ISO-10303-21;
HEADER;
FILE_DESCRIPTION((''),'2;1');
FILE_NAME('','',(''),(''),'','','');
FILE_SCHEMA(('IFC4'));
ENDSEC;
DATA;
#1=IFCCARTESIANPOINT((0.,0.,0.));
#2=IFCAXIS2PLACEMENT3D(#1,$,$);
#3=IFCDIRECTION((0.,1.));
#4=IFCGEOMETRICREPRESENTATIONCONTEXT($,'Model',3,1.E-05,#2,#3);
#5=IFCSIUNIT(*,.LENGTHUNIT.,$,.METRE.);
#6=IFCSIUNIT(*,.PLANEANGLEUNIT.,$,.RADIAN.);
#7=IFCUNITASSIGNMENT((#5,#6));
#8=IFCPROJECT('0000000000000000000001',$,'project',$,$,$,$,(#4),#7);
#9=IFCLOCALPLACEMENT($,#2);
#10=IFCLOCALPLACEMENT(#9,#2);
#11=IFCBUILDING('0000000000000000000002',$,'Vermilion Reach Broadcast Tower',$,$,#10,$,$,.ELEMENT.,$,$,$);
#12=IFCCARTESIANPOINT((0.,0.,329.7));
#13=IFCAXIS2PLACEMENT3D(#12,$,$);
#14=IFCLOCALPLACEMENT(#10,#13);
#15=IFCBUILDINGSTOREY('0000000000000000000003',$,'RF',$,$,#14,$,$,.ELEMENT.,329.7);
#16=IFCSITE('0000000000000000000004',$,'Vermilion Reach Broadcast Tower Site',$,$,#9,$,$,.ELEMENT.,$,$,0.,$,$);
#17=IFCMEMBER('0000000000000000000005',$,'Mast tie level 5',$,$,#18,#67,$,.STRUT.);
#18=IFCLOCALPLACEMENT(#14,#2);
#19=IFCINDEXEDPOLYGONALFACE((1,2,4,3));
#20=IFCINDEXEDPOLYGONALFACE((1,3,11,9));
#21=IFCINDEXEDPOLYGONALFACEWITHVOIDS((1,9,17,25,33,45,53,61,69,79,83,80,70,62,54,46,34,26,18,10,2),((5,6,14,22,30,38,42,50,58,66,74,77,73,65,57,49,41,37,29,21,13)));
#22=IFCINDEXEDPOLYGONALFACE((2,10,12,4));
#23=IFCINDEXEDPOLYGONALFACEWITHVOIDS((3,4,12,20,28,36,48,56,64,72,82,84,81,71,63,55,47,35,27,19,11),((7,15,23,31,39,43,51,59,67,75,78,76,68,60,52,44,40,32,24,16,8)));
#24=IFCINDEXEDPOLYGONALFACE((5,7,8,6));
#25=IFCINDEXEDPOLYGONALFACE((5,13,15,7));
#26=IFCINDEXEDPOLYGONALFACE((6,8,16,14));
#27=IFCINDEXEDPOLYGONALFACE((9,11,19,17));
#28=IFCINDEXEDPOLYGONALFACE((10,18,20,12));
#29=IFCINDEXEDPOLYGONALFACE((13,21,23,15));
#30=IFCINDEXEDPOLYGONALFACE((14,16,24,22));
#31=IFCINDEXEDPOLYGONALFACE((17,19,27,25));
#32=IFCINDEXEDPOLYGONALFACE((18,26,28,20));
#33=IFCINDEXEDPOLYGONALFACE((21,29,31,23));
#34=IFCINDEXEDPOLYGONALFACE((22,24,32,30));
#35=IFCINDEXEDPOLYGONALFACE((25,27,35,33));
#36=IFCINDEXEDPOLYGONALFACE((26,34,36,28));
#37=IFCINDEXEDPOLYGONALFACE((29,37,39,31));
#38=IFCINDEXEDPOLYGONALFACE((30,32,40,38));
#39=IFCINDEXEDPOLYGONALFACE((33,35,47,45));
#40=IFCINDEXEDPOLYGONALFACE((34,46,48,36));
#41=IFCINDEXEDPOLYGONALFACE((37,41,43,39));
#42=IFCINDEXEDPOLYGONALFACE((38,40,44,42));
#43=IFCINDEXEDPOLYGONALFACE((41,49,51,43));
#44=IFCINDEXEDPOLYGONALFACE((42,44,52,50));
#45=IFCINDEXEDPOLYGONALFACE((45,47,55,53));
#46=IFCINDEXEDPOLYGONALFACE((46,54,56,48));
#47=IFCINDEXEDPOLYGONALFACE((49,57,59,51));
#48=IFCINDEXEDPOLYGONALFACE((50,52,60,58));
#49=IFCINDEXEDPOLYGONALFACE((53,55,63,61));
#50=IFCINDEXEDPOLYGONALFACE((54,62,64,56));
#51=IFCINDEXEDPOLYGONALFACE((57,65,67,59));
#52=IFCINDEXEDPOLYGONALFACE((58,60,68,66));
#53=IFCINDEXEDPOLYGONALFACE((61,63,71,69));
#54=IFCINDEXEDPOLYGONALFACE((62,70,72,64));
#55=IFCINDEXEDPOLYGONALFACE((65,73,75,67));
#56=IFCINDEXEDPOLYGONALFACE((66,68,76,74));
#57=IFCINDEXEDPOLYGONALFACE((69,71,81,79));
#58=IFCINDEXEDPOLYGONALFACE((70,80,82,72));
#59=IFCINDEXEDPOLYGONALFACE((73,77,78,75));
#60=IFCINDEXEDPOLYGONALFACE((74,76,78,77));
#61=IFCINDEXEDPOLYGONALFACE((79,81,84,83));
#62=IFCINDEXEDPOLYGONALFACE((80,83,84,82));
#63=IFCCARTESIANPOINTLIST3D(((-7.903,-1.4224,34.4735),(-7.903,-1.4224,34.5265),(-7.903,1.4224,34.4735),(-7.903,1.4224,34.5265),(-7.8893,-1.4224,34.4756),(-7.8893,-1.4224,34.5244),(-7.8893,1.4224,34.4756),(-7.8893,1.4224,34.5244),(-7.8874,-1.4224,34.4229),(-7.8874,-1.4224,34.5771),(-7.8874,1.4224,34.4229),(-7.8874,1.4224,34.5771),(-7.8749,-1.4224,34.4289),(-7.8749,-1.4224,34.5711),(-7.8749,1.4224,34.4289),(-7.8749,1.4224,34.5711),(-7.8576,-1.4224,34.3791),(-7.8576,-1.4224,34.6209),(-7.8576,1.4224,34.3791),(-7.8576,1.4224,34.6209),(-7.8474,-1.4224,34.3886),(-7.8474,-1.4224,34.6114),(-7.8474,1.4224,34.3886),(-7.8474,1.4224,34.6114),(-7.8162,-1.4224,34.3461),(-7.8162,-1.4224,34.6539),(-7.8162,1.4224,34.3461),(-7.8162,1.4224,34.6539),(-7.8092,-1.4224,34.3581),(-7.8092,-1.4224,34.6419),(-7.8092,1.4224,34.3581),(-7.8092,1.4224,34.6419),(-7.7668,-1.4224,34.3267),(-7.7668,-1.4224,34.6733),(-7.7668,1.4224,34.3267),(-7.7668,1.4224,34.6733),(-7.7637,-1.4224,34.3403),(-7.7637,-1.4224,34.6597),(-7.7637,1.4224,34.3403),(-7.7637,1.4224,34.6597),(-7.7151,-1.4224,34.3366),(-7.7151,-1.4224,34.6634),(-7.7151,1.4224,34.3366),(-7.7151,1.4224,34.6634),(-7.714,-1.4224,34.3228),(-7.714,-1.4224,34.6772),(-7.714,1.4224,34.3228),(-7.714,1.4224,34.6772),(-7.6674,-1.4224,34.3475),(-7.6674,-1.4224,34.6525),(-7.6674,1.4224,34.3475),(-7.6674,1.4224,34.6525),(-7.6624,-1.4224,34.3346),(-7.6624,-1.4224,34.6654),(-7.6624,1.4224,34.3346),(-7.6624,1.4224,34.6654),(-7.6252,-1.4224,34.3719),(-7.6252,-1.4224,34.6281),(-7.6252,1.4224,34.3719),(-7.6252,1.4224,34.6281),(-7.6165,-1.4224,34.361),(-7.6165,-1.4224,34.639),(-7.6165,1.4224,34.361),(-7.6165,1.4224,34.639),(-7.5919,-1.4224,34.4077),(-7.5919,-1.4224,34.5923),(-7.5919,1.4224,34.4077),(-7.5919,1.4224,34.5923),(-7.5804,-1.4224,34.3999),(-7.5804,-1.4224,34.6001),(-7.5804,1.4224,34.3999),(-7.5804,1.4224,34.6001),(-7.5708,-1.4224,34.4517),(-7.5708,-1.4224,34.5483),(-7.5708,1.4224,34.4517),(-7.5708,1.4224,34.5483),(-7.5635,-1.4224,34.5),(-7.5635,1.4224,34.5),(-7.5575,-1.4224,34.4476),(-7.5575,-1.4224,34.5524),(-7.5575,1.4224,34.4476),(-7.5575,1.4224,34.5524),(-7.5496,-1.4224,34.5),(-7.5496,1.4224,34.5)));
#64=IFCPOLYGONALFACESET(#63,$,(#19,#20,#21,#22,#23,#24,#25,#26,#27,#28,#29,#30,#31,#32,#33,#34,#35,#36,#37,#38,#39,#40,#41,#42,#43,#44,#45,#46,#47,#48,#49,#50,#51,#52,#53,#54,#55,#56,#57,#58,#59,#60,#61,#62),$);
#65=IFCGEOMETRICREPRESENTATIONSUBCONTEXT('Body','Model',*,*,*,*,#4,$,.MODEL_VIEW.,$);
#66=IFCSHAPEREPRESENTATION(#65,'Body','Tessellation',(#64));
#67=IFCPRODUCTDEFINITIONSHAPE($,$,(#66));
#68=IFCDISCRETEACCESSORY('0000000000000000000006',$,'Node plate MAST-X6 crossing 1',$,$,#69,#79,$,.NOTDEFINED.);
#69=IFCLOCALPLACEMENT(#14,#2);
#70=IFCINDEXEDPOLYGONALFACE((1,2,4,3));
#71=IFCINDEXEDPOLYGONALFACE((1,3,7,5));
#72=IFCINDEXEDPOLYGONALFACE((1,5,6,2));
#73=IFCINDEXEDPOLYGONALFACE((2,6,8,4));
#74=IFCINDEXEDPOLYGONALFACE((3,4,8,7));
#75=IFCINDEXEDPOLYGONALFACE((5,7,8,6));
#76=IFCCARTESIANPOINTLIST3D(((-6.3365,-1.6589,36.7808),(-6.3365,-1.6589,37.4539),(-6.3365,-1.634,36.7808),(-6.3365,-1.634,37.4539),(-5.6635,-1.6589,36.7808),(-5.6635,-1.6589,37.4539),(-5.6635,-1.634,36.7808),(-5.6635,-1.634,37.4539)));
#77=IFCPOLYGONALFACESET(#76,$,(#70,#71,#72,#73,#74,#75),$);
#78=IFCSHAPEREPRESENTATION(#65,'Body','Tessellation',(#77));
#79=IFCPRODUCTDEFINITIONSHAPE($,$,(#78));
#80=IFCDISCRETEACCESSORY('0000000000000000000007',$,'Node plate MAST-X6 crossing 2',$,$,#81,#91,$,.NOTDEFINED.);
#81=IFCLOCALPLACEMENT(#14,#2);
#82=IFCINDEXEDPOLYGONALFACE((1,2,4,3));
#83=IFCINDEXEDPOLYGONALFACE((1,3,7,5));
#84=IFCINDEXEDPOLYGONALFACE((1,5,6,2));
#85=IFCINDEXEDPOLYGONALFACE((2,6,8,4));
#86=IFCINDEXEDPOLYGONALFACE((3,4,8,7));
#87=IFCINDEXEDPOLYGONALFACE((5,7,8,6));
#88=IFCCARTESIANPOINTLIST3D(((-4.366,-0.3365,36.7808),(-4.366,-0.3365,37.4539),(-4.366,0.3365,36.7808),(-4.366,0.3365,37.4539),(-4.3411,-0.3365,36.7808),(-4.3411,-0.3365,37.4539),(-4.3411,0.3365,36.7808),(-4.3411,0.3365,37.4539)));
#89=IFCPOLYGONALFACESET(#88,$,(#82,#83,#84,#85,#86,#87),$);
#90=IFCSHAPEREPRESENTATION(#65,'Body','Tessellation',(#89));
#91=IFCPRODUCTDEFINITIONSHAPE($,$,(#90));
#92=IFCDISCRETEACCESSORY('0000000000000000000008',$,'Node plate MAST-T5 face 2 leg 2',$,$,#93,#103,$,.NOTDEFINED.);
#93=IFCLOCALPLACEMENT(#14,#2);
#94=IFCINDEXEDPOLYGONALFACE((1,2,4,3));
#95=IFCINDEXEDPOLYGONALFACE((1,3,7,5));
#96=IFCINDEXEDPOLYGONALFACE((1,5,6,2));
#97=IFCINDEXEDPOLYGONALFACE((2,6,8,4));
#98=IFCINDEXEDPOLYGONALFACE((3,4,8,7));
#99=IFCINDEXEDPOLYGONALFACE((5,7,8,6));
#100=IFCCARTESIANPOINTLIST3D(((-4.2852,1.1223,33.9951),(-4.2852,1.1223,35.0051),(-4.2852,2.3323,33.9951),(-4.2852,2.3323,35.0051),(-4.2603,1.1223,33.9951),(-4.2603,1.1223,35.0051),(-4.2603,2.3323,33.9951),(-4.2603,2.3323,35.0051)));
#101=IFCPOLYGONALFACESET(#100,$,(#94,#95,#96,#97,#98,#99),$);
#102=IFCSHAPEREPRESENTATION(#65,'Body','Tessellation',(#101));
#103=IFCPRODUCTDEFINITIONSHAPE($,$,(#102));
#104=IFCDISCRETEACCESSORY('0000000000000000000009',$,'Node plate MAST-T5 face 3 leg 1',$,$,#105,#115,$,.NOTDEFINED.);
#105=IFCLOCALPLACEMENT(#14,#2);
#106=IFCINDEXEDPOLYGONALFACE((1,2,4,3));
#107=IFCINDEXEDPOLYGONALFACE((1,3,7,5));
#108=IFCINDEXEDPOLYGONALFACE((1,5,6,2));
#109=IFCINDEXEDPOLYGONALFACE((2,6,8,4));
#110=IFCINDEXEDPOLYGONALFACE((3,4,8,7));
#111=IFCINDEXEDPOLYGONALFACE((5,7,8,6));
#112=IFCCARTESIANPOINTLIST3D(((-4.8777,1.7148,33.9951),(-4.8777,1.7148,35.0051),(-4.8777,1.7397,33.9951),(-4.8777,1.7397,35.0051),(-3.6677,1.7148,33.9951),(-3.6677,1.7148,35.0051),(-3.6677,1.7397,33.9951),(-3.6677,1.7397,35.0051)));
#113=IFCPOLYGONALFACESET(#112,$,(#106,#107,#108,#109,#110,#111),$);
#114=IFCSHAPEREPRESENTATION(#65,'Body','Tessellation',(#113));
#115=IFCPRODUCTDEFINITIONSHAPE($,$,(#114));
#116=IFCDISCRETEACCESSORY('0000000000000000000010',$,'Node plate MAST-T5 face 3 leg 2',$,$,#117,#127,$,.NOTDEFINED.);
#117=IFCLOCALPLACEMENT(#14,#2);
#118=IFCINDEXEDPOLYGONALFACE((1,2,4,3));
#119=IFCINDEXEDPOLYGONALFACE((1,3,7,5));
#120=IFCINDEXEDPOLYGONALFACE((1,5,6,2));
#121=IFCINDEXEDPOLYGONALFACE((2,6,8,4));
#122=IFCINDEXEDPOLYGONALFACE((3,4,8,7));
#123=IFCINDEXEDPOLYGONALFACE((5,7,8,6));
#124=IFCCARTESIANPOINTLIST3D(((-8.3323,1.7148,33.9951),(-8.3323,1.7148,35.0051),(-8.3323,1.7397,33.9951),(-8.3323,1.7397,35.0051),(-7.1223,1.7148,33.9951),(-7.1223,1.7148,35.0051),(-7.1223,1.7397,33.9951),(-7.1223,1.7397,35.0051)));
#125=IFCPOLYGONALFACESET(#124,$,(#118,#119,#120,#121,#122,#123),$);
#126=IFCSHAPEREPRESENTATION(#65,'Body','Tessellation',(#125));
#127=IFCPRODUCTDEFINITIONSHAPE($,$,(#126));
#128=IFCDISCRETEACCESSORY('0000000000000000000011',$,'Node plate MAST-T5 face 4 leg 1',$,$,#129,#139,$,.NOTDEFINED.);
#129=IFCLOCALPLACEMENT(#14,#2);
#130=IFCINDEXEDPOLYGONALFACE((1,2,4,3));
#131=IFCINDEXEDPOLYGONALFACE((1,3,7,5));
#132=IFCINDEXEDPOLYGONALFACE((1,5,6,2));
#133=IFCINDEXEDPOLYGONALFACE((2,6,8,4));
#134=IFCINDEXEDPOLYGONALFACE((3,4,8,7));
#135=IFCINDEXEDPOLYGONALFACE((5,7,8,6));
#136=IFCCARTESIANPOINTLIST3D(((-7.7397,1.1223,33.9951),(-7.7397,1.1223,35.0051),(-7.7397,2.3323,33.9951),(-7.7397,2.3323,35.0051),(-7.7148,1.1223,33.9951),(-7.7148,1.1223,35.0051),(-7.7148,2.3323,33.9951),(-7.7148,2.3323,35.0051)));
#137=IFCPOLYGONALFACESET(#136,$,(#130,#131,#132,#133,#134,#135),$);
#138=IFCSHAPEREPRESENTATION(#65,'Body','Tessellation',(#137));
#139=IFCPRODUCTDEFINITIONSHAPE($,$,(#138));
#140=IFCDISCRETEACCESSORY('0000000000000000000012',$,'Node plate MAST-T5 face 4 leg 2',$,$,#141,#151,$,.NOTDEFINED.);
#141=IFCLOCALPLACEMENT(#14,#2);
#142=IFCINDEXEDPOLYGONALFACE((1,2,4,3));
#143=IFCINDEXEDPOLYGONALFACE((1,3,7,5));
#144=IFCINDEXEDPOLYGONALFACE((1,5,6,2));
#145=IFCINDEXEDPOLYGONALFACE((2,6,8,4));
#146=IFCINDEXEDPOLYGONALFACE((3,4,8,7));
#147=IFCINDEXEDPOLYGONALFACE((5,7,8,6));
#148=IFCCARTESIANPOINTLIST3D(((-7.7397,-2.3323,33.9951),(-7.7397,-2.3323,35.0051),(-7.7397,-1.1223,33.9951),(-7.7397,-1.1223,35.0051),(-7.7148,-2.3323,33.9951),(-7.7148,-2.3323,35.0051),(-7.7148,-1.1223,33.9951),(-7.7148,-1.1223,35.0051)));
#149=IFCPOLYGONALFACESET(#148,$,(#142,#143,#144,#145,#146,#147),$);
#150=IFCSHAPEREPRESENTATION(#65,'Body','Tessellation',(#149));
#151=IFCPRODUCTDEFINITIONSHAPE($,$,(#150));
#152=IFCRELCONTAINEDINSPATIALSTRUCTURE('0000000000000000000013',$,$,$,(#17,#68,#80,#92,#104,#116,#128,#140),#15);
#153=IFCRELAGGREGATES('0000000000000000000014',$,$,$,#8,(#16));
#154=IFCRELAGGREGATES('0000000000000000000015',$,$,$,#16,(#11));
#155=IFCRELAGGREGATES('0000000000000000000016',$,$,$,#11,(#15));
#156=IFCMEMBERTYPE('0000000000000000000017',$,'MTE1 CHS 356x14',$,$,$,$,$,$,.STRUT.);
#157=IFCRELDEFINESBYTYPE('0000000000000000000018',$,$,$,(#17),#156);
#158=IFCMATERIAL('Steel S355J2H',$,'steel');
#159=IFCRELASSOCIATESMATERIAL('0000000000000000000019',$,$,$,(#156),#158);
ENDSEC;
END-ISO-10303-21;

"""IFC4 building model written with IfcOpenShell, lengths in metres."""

from ifc_helpers import new_model, si_unit, direction, frame, origin, origin_2d, place, context, subcontext, project, spatial, rectangle, hollow_circle, extrude, material, material_profile, profile_set, type_object, element, save


model = new_model("IFC4")

# Units and contexts
model_context = context("Model", 3, precision=1e-05, world=origin(), true_north=direction((0.0, 1.0)))
body_context = subcontext(model_context, "Body", "Model", "MODEL_VIEW")
ifc_project = project(units=[si_unit("LENGTHUNIT", "METRE"), si_unit("PLANEANGLEUNIT", "RADIAN")], contexts=[model_context])

# Site, building, storey
site_placement = place(None, origin())
site = spatial("IfcSite", under=ifc_project, at=site_placement, Name="Vermilion Reach Broadcast Tower Site", CompositionType="ELEMENT", RefElevation=0.0)
building_placement = place(site_placement, origin())
building = spatial("IfcBuilding", under=site, at=building_placement, Name="Vermilion Reach Broadcast Tower", CompositionType="ELEMENT")
storey_placement = place(building_placement, frame((0.0, 0.0, 329.7)))
storey = spatial("IfcBuildingStorey", under=building, at=storey_placement, Name="RF", CompositionType="ELEMENT", Elevation=329.7)

# Member
ifc_material_1 = material(Name="Steel S355J2H", Category="steel")
ifc_material_profile_1 = material_profile(ifc_material_1, hollow_circle(Radius=0.1777, WallThickness=0.0139, at=origin_2d()), Name="S355J2H CHS 356x14")
ifc_profile_set_1 = profile_set([ifc_material_profile_1], Name="Steel S355J2H")
member_type_1 = type_object("IfcMemberType", Name="MTE1 CHS 356x14", PredefinedType="STRUT", material=ifc_profile_set_1)
for number, where, z_axis, x_axis, name in (
    (1, (-7.7273, 1.4224, 34.5), (0.0, -1.0, 0.0), (1.0, 0.0, 0.0), "Mast tie level 5"),
):
    element("IfcMember", number, at=place(storey_placement, frame(where, z_axis=z_axis, x_axis=x_axis)), inside=storey, type_object=member_type_1, Name=name, PredefinedType="STRUT", context=body_context, shape_type="SweptSolid", body=[
        extrude(hollow_circle(Radius=0.1777, WallThickness=0.0139, at=origin_2d()), origin(), (0.0, 0.0, 1.0), 2.8447),
    ])

# Discrete accessories
for number, where, z_axis, x_axis, name in (
    (2, (-6.0, -1.6465, 36.7808), (0.0, 0.0, 1.0), (0.0, 1.0, 0.0), "Node plate MAST-X6 crossing 1"),
    (3, (-4.3535, 0.0, 36.7808), (0.0, 0.0, 1.0), (-1.0, 0.0, 0.0), "Node plate MAST-X6 crossing 2"),
):
    element("IfcDiscreteAccessory", number, at=place(storey_placement, frame(where, z_axis=z_axis, x_axis=x_axis)), inside=storey, Name=name, PredefinedType="NOTDEFINED", context=body_context, shape_type="SweptSolid", body=[
        extrude(rectangle(XDim=0.0249, YDim=0.6731, at=origin_2d()), origin(), (0.0, 0.0, 1.0), 0.6731),
    ])
for number, where, z_axis, x_axis, name in (
    (4, (-4.2727, 1.7273, 33.9951), (0.0, 0.0, 1.0), (-1.0, 0.0, 0.0), "Node plate MAST-T5 face 2 leg 2"),
    (5, (-4.2727, 1.7273, 33.9951), (0.0, 0.0, 1.0), (0.0, -1.0, 0.0), "Node plate MAST-T5 face 3 leg 1"),
    (6, (-7.7273, 1.7273, 33.9951), (0.0, 0.0, 1.0), (0.0, -1.0, 0.0), "Node plate MAST-T5 face 3 leg 2"),
    (7, (-7.7273, 1.7273, 33.9951), (0.0, 0.0, 1.0), (1.0, 0.0, 0.0), "Node plate MAST-T5 face 4 leg 1"),
    (8, (-7.7273, -1.7273, 33.9951), (0.0, 0.0, 1.0), (1.0, 0.0, 0.0), "Node plate MAST-T5 face 4 leg 2"),
):
    element("IfcDiscreteAccessory", number, at=place(storey_placement, frame(where, z_axis=z_axis, x_axis=x_axis)), inside=storey, Name=name, PredefinedType="NOTDEFINED", context=body_context, shape_type="SweptSolid", body=[
        extrude(rectangle(XDim=0.0249, YDim=1.21, at=origin_2d()), origin(), (0.0, 0.0, 1.0), 1.01),
    ])

save(model, "model.ifc")
